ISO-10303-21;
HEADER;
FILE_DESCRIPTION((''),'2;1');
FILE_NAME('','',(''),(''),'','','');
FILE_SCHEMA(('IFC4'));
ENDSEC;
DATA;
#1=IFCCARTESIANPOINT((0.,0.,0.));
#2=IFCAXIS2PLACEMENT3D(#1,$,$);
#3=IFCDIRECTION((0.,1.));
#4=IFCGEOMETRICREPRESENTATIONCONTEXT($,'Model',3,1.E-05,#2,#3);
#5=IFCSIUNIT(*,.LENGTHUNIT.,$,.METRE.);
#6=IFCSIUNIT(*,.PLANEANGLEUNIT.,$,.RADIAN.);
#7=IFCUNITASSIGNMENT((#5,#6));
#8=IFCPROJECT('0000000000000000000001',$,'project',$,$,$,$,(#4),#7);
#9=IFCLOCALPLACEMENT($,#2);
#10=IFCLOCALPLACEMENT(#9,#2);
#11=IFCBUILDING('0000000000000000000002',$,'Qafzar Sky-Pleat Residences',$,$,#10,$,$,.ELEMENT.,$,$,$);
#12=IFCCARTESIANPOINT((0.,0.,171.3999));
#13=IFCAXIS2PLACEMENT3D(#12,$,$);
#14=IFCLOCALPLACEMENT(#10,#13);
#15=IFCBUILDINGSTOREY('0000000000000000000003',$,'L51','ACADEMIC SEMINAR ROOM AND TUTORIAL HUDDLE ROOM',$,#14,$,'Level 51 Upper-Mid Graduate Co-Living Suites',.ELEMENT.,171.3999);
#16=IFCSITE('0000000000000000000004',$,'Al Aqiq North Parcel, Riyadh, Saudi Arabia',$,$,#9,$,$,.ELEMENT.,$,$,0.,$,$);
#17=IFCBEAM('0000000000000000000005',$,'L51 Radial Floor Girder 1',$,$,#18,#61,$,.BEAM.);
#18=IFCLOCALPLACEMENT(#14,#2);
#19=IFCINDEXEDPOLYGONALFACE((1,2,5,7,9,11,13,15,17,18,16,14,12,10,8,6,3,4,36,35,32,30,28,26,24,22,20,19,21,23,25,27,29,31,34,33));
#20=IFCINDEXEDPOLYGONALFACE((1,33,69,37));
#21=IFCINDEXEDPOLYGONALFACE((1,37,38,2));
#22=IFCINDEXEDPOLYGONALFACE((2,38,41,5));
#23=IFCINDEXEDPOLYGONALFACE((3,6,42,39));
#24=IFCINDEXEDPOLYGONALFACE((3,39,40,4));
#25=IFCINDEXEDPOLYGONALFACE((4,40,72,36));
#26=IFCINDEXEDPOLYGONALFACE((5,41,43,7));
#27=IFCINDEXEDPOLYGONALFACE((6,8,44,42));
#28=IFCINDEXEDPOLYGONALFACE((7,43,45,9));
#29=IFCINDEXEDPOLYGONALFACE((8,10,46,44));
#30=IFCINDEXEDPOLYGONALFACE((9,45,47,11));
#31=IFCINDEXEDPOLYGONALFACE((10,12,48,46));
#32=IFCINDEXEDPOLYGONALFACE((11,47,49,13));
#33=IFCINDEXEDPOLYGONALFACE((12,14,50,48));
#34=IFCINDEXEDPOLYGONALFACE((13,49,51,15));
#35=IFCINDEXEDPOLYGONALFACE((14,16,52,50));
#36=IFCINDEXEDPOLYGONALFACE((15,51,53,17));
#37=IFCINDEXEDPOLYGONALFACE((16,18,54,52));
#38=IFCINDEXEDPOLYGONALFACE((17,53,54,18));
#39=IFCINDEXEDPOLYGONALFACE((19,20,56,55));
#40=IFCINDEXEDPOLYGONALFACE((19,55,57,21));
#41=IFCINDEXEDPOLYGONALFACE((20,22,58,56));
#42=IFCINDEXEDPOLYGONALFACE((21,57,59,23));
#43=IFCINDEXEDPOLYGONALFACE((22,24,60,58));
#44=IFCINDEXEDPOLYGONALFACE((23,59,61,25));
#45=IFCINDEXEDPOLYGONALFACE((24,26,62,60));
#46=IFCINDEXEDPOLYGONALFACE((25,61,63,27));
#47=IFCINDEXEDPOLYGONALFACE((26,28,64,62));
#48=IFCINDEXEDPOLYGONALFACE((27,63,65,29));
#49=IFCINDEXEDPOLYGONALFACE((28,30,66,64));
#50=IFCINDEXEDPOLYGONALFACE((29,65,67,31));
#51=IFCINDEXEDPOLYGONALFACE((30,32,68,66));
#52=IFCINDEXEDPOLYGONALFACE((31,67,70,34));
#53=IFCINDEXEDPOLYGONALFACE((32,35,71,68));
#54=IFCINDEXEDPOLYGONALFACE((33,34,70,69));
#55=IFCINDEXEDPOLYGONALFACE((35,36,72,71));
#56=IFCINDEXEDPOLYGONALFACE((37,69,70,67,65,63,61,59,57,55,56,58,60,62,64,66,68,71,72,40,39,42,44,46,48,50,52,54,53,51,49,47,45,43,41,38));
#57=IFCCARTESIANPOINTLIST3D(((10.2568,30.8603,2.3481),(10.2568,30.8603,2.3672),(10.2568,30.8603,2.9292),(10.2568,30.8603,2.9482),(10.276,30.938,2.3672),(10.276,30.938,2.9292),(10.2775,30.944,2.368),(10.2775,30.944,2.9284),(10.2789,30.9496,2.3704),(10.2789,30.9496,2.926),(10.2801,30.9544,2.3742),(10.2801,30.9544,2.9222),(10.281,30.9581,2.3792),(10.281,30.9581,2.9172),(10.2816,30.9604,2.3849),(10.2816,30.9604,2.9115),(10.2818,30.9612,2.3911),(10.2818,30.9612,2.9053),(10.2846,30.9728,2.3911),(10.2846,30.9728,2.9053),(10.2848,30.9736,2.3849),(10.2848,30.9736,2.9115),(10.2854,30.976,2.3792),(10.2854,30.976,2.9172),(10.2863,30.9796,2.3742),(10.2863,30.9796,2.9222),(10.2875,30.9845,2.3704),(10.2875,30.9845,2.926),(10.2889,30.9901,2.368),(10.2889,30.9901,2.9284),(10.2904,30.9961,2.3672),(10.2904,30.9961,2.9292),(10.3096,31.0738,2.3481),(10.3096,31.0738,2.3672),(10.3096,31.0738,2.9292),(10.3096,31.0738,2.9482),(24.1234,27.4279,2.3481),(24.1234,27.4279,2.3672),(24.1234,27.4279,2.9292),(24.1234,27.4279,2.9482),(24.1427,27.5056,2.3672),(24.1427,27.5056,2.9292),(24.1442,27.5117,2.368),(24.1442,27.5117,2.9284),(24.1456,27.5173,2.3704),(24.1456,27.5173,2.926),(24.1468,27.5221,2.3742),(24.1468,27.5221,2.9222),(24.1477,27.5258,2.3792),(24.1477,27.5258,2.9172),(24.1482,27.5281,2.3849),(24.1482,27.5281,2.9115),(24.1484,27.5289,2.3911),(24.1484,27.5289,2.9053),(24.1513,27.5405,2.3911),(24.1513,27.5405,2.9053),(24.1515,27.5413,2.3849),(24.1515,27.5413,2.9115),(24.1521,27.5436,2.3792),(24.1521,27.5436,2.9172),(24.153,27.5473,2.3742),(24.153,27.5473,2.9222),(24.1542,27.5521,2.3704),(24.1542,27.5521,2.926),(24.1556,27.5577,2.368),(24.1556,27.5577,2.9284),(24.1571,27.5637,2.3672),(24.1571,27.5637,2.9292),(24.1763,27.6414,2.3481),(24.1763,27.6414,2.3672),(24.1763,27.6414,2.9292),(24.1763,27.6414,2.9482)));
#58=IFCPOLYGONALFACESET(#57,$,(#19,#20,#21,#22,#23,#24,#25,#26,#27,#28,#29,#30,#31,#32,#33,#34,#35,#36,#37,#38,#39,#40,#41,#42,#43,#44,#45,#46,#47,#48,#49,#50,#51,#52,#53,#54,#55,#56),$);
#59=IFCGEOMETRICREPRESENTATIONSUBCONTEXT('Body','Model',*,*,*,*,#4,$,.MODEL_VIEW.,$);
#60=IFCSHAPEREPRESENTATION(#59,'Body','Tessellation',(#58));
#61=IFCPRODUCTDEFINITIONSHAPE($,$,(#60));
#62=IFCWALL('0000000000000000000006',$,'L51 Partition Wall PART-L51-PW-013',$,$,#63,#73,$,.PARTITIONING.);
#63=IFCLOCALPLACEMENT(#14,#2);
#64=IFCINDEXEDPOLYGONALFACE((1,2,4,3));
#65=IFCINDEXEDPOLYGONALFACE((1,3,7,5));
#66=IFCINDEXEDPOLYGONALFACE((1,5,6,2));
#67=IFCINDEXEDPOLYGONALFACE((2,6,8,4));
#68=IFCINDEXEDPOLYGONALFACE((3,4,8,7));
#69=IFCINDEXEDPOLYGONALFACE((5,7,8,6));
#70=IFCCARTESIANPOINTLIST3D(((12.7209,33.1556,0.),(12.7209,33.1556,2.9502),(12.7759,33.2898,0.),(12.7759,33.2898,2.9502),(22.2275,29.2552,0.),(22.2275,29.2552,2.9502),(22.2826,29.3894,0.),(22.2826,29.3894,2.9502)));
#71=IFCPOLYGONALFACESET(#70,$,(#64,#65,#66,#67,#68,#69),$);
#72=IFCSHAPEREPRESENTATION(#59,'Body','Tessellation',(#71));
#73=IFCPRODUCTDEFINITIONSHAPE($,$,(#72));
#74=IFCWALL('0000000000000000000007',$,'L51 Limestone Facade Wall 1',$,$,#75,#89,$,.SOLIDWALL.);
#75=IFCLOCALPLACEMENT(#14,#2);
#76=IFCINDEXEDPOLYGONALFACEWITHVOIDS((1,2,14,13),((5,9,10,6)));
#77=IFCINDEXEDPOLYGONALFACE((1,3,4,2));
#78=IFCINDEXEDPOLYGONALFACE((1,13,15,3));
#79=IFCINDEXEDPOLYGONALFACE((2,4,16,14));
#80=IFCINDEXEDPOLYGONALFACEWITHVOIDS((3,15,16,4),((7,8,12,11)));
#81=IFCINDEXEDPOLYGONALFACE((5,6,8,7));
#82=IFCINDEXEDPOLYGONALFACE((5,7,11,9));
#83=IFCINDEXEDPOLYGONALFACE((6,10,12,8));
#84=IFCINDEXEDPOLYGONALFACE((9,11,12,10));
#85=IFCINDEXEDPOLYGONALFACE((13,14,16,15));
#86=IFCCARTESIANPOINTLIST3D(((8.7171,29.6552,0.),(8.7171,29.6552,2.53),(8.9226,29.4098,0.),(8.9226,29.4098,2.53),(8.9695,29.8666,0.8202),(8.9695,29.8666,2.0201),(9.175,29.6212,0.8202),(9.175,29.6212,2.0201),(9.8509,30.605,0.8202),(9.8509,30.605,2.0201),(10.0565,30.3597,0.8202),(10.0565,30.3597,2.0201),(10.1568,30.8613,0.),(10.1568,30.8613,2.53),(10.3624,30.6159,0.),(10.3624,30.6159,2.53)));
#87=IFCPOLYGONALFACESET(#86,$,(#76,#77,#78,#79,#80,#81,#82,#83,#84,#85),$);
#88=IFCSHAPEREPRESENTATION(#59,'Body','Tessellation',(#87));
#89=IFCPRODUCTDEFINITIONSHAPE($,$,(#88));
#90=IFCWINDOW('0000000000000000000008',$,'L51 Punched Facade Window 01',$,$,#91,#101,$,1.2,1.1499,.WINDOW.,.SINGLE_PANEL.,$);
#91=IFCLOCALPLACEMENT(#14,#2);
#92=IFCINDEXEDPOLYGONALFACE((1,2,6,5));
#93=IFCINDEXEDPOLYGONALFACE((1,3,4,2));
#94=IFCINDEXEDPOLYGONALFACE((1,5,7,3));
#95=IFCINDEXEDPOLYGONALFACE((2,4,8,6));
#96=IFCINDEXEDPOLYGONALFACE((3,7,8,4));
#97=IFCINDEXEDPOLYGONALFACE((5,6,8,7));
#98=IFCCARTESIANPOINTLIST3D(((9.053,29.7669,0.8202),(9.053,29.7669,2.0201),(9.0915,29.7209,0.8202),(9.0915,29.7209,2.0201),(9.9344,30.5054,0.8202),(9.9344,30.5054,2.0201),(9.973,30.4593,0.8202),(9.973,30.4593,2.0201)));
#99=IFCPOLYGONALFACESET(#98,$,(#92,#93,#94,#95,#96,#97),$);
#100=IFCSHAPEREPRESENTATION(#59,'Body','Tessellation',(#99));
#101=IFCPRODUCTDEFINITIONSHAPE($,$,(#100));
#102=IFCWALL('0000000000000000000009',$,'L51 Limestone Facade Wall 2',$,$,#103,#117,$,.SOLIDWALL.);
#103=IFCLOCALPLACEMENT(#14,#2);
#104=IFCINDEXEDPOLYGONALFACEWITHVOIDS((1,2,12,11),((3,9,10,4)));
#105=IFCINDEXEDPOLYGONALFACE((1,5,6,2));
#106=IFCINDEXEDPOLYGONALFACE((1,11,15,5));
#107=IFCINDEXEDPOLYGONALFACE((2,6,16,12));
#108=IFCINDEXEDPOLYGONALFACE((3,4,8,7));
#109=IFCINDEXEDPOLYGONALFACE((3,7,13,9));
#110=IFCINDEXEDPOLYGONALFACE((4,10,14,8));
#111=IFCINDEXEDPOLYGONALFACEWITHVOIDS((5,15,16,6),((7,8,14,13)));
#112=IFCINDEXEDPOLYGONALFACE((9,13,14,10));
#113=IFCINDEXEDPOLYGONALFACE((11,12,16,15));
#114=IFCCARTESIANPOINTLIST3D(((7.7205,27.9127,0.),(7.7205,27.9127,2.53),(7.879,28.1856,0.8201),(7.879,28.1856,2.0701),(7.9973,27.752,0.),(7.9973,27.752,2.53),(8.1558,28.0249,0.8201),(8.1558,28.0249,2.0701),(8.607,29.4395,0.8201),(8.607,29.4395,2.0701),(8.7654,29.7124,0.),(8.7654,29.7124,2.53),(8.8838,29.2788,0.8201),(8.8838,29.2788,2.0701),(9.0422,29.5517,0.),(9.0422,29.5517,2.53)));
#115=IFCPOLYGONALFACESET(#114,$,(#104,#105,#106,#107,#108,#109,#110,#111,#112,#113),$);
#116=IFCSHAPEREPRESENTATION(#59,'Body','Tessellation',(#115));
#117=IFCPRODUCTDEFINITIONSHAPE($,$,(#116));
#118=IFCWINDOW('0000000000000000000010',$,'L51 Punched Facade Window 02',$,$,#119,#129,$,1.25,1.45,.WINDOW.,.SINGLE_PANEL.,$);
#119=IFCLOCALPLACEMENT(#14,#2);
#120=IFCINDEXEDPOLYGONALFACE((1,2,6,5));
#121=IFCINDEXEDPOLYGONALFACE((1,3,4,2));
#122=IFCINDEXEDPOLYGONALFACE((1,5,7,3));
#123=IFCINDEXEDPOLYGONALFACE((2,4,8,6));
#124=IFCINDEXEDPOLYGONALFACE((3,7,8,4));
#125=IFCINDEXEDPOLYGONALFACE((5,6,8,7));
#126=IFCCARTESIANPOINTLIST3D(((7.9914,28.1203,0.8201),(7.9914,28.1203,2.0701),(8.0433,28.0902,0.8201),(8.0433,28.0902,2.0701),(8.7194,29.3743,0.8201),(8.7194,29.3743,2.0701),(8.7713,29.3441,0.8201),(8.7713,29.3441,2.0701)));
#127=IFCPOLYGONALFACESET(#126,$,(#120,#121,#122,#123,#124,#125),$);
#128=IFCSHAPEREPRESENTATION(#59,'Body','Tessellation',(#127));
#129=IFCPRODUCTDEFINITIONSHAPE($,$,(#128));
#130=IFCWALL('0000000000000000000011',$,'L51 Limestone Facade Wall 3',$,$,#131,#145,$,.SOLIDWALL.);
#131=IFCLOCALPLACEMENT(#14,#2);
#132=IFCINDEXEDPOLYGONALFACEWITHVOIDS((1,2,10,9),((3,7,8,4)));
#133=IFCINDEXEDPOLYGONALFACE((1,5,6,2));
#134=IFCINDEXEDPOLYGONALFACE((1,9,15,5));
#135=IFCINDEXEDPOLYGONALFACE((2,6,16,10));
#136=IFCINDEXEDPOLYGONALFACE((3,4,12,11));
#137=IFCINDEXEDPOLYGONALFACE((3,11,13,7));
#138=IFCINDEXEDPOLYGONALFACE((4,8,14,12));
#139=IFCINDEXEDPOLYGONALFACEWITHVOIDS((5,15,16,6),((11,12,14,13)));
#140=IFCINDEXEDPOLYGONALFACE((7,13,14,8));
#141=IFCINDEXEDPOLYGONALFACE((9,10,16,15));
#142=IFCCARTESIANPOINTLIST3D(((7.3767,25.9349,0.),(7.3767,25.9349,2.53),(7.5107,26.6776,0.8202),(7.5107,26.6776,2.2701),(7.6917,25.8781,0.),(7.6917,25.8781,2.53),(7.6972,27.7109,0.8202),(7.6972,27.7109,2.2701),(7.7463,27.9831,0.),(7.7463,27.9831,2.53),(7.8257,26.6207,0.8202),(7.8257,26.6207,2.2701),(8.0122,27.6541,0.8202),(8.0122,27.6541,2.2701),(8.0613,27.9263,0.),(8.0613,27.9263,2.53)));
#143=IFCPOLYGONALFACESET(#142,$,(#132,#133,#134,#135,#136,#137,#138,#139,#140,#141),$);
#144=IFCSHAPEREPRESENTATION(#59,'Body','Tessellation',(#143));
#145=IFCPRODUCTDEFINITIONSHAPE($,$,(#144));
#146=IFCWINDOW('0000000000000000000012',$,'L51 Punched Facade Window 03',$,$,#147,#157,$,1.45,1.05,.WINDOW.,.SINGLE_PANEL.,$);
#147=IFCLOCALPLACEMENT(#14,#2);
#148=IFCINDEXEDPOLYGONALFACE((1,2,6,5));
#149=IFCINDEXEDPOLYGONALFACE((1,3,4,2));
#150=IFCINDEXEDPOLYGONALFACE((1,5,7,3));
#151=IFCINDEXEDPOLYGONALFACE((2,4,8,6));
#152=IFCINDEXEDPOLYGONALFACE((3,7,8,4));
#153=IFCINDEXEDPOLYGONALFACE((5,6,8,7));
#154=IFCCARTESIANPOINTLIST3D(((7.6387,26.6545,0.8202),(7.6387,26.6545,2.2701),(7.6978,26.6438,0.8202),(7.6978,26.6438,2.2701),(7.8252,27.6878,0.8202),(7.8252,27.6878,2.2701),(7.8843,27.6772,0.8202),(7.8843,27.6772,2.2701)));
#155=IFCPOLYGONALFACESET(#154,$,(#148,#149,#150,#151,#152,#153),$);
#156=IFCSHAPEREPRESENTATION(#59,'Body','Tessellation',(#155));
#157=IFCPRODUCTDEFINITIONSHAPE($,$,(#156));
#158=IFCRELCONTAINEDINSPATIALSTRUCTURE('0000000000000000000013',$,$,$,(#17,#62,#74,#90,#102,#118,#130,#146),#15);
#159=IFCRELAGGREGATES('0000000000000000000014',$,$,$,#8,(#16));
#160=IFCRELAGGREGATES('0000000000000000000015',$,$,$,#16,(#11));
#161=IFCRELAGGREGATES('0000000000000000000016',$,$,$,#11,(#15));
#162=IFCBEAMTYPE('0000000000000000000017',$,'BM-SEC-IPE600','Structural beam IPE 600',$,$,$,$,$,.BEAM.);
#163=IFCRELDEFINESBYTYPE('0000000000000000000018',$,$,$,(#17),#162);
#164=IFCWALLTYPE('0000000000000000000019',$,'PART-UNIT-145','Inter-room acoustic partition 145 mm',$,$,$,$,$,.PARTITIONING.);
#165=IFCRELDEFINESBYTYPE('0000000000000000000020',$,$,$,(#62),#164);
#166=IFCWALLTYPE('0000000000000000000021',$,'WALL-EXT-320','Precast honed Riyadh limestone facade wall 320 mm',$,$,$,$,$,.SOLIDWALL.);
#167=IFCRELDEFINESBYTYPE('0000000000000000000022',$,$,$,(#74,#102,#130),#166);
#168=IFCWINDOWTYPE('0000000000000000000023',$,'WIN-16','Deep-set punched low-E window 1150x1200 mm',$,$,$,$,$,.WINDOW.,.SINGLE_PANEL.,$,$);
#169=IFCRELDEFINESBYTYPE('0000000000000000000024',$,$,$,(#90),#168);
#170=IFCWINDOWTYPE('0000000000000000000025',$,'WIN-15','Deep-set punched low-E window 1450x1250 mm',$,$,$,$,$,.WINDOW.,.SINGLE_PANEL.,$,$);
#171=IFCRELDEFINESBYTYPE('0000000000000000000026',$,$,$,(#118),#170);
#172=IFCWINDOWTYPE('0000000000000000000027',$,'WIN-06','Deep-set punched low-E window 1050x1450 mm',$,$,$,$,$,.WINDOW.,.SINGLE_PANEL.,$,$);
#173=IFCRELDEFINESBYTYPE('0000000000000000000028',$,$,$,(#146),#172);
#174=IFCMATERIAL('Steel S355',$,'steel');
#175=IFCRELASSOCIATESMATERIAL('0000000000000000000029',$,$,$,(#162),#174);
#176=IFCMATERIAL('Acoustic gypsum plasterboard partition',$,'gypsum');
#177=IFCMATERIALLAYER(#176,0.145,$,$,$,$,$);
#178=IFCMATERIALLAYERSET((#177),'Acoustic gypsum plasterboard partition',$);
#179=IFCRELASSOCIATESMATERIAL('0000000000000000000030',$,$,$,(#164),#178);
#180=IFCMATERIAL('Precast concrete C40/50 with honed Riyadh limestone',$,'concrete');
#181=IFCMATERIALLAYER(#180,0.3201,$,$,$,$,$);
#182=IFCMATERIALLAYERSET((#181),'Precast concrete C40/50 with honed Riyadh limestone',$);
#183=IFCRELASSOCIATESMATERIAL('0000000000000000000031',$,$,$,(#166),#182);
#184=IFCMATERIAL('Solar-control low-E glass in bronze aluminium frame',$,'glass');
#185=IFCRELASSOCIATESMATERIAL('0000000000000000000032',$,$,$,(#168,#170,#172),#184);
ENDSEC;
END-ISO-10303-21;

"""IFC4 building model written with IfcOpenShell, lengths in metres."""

from ifc_helpers import new_model, si_unit, direction, frame, frame_2d, origin, origin_2d, place, context, subcontext, project, spatial, rectangle, i_section, extrude, source, transform, mapped, material, layer, layer_set, material_profile, profile_set, type_object, element, fill, save


model = new_model("IFC4")

# Units and contexts
model_context = context("Model", 3, precision=1e-05, world=origin(), true_north=direction((0.0, 1.0)))
body_context = subcontext(model_context, "Body", "Model", "MODEL_VIEW")
ifc_project = project(units=[si_unit("LENGTHUNIT", "METRE"), si_unit("PLANEANGLEUNIT", "RADIAN")], contexts=[model_context])

# Site, building, storey
site_placement = place(None, origin())
site = spatial("IfcSite", under=ifc_project, at=site_placement, Name="Al Aqiq North Parcel, Riyadh, Saudi Arabia", CompositionType="ELEMENT", RefElevation=0.0)
building_placement = place(site_placement, origin())
building = spatial("IfcBuilding", under=site, at=building_placement, Name="Qafzar Sky-Pleat Residences", CompositionType="ELEMENT")
storey_placement = place(building_placement, frame((0.0, 0.0, 171.3999)))
storey = spatial("IfcBuildingStorey", under=building, at=storey_placement, Name="L51", Description="ACADEMIC SEMINAR ROOM AND TUTORIAL HUDDLE ROOM", LongName="Level 51 Upper-Mid Graduate Co-Living Suites", CompositionType="ELEMENT", Elevation=171.3999)

# Shared definitions
ifc_material_1 = material(Name="Steel S355", Category="steel")

# Beam
ifc_material_profile_1 = material_profile(ifc_material_1, i_section(OverallWidth=0.22, OverallDepth=0.6001, WebThickness=0.012, FlangeThickness=0.019, FilletRadius=0.0239, at=origin_2d()), Name="IPE 600")
ifc_profile_set_1 = profile_set([ifc_material_profile_1], Name="Steel S355")
beam_type_1 = type_object("IfcBeamType", Name="BM-SEC-IPE600", Description="Structural beam IPE 600", PredefinedType="BEAM", material=ifc_profile_set_1)
shared_shape_1 = source(origin(), body_context, "Body", "SweptSolid", [
    extrude(i_section(OverallWidth=0.22, OverallDepth=0.6001, WebThickness=0.012, FlangeThickness=0.019, FilletRadius=0.0239, at=origin_2d()), origin(), (0.0, 0.0, 1.0), 14.2852),
])
beam_1_placement = place(storey_placement, frame((10.2832, 30.967, 2.6482), z_axis=(0.970705, -0.240275, 0.0), x_axis=(0.240275, 0.970705, 0.0)))
element("IfcBeam", 1, at=beam_1_placement, inside=storey, type_object=beam_type_1, Name="L51 Radial Floor Girder 1", PredefinedType="BEAM", context=body_context, shape_type="MappedRepresentation", body=[
    mapped(shared_shape_1, transform((0.0, 0.0, 0.0), x_axis=(1.0, 0.0, 0.0), y_axis=(0.0, 1.0, 0.0), z_axis=(0.0, 0.0, 1.0), scale=1.0)),
])

# Wall
ifc_material_2 = material(Name="Acoustic gypsum plasterboard partition", Category="gypsum")
ifc_layer_1 = layer(ifc_material_2, 0.145)
ifc_layer_set_1 = layer_set([ifc_layer_1], Name="Acoustic gypsum plasterboard partition")
wall_type_1 = type_object("IfcWallType", Name="PART-UNIT-145", Description="Inter-room acoustic partition 145 mm", PredefinedType="PARTITIONING", material=ifc_layer_set_1)
wall_1_placement = place(storey_placement, frame((12.7485, 33.2227, 0.0), z_axis=(0.0, 0.0, 1.0), x_axis=(0.92516, -0.379577, 0.0)))
element("IfcWall", 2, at=wall_1_placement, inside=storey, type_object=wall_type_1, Name="L51 Partition Wall PART-L51-PW-013", PredefinedType="PARTITIONING", context=body_context, shape_type="SweptSolid", body=[
    extrude(rectangle(XDim=10.2756, YDim=0.145, at=frame_2d((5.1377, 0.0))), origin(), (0.0, 0.0, 1.0), 2.9502),
])

# Walls, openings, windows
ifc_material_3 = material(Name="Precast concrete C40/50 with honed Riyadh limestone", Category="concrete")
ifc_layer_2 = layer(ifc_material_3, 0.3201)
ifc_layer_set_2 = layer_set([ifc_layer_2], Name="Precast concrete C40/50 with honed Riyadh limestone")
wall_type_2 = type_object("IfcWallType", Name="WALL-EXT-320", Description="Precast honed Riyadh limestone facade wall 320 mm", PredefinedType="SOLIDWALL", material=ifc_layer_set_2)
wall_2_placement = place(storey_placement, frame((10.2595, 30.7385, 0.0), z_axis=(0.0, 0.0, 1.0), x_axis=(-0.766567, -0.642164, 0.0)))
wall_2 = element("IfcWall", 3, at=wall_2_placement, inside=storey, type_object=wall_type_2, Name="L51 Limestone Facade Wall 1", PredefinedType="SOLIDWALL", context=body_context, shape_type="SweptSolid", body=[
    extrude(rectangle(XDim=1.8782, YDim=0.3201, at=frame_2d((0.939, 0.0))), origin(), (0.0, 0.0, 1.0), 2.53),
])
opening_1_placement = place(wall_2_placement, frame((0.3989, 0.0, 0.8201)))
opening_1 = element("IfcOpeningElement", 4, at=opening_1_placement, cuts=wall_2, PredefinedType="OPENING", context=body_context, shape_type="SweptSolid", body=[
    extrude(rectangle(XDim=1.1499, YDim=1.2, at=frame_2d((0.575, 0.6001))), frame((0.0, 0.1699, 0.0), z_axis=(0.0, -1.0, 0.0), x_axis=(1.0, 0.0, 0.0)), (0.0, 0.0, 1.0), 0.3401),
])
ifc_material_4 = material(Name="Solar-control low-E glass in bronze aluminium frame", Category="glass")
window_type_1 = type_object("IfcWindowType", Name="WIN-16", Description="Deep-set punched low-E window 1150x1200 mm", PartitioningType="SINGLE_PANEL", PredefinedType="WINDOW", material=ifc_material_4)
shared_shape_2 = source(origin(), body_context, "Body", "SweptSolid", [
    extrude(rectangle(XDim=1.1499, YDim=1.2, at=frame_2d((0.575, 0.6001))), frame((0.0, 0.03, 0.0), z_axis=(0.0, -1.0, 0.0), x_axis=(1.0, 0.0, 0.0)), (0.0, 0.0, 1.0), 0.0601),
])
window_1_placement = place(opening_1_placement, origin())
window_1 = element("IfcWindow", 5, at=window_1_placement, inside=storey, type_object=window_type_1, Name="L51 Punched Facade Window 01", OverallHeight=1.2, OverallWidth=1.1499, PartitioningType="SINGLE_PANEL", PredefinedType="WINDOW", context=body_context, shape_type="MappedRepresentation", body=[
    mapped(shared_shape_2, transform((0.0, 0.0, 0.0), x_axis=(1.0, 0.0, 0.0), y_axis=(0.0, 1.0, 0.0), z_axis=(0.0, 0.0, 1.0), scale=1.0)),
])
fill(opening_1, window_1)
wall_3_placement = place(storey_placement, frame((8.9038, 29.6321, 0.0), z_axis=(0.0, 0.0, 1.0), x_axis=(-0.50209, -0.864815, 0.0)))
wall_3 = element("IfcWall", 6, at=wall_3_placement, inside=storey, type_object=wall_type_2, Name="L51 Limestone Facade Wall 2", PredefinedType="SOLIDWALL", context=body_context, shape_type="SweptSolid", body=[
    extrude(rectangle(XDim=2.0811, YDim=0.3201, at=frame_2d((1.0405, 0.0))), origin(), (0.0, 0.0, 1.0), 2.53),
])
opening_2_placement = place(wall_3_placement, frame((0.3154, 0.0, 0.8201)))
opening_2 = element("IfcOpeningElement", 7, at=opening_2_placement, cuts=wall_3, PredefinedType="OPENING", context=body_context, shape_type="SweptSolid", body=[
    extrude(rectangle(XDim=1.45, YDim=1.25, at=frame_2d((0.7251, 0.625))), frame((0.0, 0.1699, 0.0), z_axis=(0.0, -1.0, 0.0), x_axis=(1.0, 0.0, 0.0)), (0.0, 0.0, 1.0), 0.3401),
])
window_type_2 = type_object("IfcWindowType", Name="WIN-15", Description="Deep-set punched low-E window 1450x1250 mm", PartitioningType="SINGLE_PANEL", PredefinedType="WINDOW", material=ifc_material_4)
shared_shape_3 = source(origin(), body_context, "Body", "SweptSolid", [
    extrude(rectangle(XDim=1.45, YDim=1.25, at=frame_2d((0.7251, 0.625))), frame((0.0, 0.03, 0.0), z_axis=(0.0, -1.0, 0.0), x_axis=(1.0, 0.0, 0.0)), (0.0, 0.0, 1.0), 0.0601),
])
window_2_placement = place(opening_2_placement, origin())
window_2 = element("IfcWindow", 8, at=window_2_placement, inside=storey, type_object=window_type_2, Name="L51 Punched Facade Window 02", OverallHeight=1.25, OverallWidth=1.45, PartitioningType="SINGLE_PANEL", PredefinedType="WINDOW", context=body_context, shape_type="MappedRepresentation", body=[
    mapped(shared_shape_3, transform((0.0, 0.0, 0.0), x_axis=(1.0, 0.0, 0.0), y_axis=(0.0, 1.0, 0.0), z_axis=(0.0, 0.0, 1.0), scale=1.0)),
])
fill(opening_2, window_2)
wall_4_placement = place(storey_placement, frame((7.9038, 27.9546, 0.0), z_axis=(0.0, 0.0, 1.0), x_axis=(-0.177605, -0.984102, 0.0)))
wall_4 = element("IfcWall", 9, at=wall_4_placement, inside=storey, type_object=wall_type_2, Name="L51 Limestone Facade Wall 3", PredefinedType="SOLIDWALL", context=body_context, shape_type="SweptSolid", body=[
    extrude(rectangle(XDim=2.0813, YDim=0.3201, at=frame_2d((1.0405, 0.0))), origin(), (0.0, 0.0, 1.0), 2.53),
])
opening_3_placement = place(wall_4_placement, frame((0.2766, 0.0, 0.8201)))
opening_3 = element("IfcOpeningElement", 10, at=opening_3_placement, cuts=wall_4, PredefinedType="OPENING", context=body_context, shape_type="SweptSolid", body=[
    extrude(rectangle(XDim=1.05, YDim=1.45, at=frame_2d((0.5249, 0.7251))), frame((0.0, 0.1699, 0.0), z_axis=(0.0, -1.0, 0.0), x_axis=(1.0, 0.0, 0.0)), (0.0, 0.0, 1.0), 0.3401),
])
window_type_3 = type_object("IfcWindowType", Name="WIN-06", Description="Deep-set punched low-E window 1050x1450 mm", PartitioningType="SINGLE_PANEL", PredefinedType="WINDOW", material=ifc_material_4)
shared_shape_4 = source(origin(), body_context, "Body", "SweptSolid", [
    extrude(rectangle(XDim=1.05, YDim=1.45, at=frame_2d((0.5249, 0.7251))), frame((0.0, 0.03, 0.0), z_axis=(0.0, -1.0, 0.0), x_axis=(1.0, 0.0, 0.0)), (0.0, 0.0, 1.0), 0.0601),
])
window_3_placement = place(opening_3_placement, origin())
window_3 = element("IfcWindow", 11, at=window_3_placement, inside=storey, type_object=window_type_3, Name="L51 Punched Facade Window 03", OverallHeight=1.45, OverallWidth=1.05, PartitioningType="SINGLE_PANEL", PredefinedType="WINDOW", context=body_context, shape_type="MappedRepresentation", body=[
    mapped(shared_shape_4, transform((0.0, 0.0, 0.0), x_axis=(1.0, 0.0, 0.0), y_axis=(0.0, 1.0, 0.0), z_axis=(0.0, 0.0, 1.0), scale=1.0)),
])
fill(opening_3, window_3)

save(model, "model.ifc")
